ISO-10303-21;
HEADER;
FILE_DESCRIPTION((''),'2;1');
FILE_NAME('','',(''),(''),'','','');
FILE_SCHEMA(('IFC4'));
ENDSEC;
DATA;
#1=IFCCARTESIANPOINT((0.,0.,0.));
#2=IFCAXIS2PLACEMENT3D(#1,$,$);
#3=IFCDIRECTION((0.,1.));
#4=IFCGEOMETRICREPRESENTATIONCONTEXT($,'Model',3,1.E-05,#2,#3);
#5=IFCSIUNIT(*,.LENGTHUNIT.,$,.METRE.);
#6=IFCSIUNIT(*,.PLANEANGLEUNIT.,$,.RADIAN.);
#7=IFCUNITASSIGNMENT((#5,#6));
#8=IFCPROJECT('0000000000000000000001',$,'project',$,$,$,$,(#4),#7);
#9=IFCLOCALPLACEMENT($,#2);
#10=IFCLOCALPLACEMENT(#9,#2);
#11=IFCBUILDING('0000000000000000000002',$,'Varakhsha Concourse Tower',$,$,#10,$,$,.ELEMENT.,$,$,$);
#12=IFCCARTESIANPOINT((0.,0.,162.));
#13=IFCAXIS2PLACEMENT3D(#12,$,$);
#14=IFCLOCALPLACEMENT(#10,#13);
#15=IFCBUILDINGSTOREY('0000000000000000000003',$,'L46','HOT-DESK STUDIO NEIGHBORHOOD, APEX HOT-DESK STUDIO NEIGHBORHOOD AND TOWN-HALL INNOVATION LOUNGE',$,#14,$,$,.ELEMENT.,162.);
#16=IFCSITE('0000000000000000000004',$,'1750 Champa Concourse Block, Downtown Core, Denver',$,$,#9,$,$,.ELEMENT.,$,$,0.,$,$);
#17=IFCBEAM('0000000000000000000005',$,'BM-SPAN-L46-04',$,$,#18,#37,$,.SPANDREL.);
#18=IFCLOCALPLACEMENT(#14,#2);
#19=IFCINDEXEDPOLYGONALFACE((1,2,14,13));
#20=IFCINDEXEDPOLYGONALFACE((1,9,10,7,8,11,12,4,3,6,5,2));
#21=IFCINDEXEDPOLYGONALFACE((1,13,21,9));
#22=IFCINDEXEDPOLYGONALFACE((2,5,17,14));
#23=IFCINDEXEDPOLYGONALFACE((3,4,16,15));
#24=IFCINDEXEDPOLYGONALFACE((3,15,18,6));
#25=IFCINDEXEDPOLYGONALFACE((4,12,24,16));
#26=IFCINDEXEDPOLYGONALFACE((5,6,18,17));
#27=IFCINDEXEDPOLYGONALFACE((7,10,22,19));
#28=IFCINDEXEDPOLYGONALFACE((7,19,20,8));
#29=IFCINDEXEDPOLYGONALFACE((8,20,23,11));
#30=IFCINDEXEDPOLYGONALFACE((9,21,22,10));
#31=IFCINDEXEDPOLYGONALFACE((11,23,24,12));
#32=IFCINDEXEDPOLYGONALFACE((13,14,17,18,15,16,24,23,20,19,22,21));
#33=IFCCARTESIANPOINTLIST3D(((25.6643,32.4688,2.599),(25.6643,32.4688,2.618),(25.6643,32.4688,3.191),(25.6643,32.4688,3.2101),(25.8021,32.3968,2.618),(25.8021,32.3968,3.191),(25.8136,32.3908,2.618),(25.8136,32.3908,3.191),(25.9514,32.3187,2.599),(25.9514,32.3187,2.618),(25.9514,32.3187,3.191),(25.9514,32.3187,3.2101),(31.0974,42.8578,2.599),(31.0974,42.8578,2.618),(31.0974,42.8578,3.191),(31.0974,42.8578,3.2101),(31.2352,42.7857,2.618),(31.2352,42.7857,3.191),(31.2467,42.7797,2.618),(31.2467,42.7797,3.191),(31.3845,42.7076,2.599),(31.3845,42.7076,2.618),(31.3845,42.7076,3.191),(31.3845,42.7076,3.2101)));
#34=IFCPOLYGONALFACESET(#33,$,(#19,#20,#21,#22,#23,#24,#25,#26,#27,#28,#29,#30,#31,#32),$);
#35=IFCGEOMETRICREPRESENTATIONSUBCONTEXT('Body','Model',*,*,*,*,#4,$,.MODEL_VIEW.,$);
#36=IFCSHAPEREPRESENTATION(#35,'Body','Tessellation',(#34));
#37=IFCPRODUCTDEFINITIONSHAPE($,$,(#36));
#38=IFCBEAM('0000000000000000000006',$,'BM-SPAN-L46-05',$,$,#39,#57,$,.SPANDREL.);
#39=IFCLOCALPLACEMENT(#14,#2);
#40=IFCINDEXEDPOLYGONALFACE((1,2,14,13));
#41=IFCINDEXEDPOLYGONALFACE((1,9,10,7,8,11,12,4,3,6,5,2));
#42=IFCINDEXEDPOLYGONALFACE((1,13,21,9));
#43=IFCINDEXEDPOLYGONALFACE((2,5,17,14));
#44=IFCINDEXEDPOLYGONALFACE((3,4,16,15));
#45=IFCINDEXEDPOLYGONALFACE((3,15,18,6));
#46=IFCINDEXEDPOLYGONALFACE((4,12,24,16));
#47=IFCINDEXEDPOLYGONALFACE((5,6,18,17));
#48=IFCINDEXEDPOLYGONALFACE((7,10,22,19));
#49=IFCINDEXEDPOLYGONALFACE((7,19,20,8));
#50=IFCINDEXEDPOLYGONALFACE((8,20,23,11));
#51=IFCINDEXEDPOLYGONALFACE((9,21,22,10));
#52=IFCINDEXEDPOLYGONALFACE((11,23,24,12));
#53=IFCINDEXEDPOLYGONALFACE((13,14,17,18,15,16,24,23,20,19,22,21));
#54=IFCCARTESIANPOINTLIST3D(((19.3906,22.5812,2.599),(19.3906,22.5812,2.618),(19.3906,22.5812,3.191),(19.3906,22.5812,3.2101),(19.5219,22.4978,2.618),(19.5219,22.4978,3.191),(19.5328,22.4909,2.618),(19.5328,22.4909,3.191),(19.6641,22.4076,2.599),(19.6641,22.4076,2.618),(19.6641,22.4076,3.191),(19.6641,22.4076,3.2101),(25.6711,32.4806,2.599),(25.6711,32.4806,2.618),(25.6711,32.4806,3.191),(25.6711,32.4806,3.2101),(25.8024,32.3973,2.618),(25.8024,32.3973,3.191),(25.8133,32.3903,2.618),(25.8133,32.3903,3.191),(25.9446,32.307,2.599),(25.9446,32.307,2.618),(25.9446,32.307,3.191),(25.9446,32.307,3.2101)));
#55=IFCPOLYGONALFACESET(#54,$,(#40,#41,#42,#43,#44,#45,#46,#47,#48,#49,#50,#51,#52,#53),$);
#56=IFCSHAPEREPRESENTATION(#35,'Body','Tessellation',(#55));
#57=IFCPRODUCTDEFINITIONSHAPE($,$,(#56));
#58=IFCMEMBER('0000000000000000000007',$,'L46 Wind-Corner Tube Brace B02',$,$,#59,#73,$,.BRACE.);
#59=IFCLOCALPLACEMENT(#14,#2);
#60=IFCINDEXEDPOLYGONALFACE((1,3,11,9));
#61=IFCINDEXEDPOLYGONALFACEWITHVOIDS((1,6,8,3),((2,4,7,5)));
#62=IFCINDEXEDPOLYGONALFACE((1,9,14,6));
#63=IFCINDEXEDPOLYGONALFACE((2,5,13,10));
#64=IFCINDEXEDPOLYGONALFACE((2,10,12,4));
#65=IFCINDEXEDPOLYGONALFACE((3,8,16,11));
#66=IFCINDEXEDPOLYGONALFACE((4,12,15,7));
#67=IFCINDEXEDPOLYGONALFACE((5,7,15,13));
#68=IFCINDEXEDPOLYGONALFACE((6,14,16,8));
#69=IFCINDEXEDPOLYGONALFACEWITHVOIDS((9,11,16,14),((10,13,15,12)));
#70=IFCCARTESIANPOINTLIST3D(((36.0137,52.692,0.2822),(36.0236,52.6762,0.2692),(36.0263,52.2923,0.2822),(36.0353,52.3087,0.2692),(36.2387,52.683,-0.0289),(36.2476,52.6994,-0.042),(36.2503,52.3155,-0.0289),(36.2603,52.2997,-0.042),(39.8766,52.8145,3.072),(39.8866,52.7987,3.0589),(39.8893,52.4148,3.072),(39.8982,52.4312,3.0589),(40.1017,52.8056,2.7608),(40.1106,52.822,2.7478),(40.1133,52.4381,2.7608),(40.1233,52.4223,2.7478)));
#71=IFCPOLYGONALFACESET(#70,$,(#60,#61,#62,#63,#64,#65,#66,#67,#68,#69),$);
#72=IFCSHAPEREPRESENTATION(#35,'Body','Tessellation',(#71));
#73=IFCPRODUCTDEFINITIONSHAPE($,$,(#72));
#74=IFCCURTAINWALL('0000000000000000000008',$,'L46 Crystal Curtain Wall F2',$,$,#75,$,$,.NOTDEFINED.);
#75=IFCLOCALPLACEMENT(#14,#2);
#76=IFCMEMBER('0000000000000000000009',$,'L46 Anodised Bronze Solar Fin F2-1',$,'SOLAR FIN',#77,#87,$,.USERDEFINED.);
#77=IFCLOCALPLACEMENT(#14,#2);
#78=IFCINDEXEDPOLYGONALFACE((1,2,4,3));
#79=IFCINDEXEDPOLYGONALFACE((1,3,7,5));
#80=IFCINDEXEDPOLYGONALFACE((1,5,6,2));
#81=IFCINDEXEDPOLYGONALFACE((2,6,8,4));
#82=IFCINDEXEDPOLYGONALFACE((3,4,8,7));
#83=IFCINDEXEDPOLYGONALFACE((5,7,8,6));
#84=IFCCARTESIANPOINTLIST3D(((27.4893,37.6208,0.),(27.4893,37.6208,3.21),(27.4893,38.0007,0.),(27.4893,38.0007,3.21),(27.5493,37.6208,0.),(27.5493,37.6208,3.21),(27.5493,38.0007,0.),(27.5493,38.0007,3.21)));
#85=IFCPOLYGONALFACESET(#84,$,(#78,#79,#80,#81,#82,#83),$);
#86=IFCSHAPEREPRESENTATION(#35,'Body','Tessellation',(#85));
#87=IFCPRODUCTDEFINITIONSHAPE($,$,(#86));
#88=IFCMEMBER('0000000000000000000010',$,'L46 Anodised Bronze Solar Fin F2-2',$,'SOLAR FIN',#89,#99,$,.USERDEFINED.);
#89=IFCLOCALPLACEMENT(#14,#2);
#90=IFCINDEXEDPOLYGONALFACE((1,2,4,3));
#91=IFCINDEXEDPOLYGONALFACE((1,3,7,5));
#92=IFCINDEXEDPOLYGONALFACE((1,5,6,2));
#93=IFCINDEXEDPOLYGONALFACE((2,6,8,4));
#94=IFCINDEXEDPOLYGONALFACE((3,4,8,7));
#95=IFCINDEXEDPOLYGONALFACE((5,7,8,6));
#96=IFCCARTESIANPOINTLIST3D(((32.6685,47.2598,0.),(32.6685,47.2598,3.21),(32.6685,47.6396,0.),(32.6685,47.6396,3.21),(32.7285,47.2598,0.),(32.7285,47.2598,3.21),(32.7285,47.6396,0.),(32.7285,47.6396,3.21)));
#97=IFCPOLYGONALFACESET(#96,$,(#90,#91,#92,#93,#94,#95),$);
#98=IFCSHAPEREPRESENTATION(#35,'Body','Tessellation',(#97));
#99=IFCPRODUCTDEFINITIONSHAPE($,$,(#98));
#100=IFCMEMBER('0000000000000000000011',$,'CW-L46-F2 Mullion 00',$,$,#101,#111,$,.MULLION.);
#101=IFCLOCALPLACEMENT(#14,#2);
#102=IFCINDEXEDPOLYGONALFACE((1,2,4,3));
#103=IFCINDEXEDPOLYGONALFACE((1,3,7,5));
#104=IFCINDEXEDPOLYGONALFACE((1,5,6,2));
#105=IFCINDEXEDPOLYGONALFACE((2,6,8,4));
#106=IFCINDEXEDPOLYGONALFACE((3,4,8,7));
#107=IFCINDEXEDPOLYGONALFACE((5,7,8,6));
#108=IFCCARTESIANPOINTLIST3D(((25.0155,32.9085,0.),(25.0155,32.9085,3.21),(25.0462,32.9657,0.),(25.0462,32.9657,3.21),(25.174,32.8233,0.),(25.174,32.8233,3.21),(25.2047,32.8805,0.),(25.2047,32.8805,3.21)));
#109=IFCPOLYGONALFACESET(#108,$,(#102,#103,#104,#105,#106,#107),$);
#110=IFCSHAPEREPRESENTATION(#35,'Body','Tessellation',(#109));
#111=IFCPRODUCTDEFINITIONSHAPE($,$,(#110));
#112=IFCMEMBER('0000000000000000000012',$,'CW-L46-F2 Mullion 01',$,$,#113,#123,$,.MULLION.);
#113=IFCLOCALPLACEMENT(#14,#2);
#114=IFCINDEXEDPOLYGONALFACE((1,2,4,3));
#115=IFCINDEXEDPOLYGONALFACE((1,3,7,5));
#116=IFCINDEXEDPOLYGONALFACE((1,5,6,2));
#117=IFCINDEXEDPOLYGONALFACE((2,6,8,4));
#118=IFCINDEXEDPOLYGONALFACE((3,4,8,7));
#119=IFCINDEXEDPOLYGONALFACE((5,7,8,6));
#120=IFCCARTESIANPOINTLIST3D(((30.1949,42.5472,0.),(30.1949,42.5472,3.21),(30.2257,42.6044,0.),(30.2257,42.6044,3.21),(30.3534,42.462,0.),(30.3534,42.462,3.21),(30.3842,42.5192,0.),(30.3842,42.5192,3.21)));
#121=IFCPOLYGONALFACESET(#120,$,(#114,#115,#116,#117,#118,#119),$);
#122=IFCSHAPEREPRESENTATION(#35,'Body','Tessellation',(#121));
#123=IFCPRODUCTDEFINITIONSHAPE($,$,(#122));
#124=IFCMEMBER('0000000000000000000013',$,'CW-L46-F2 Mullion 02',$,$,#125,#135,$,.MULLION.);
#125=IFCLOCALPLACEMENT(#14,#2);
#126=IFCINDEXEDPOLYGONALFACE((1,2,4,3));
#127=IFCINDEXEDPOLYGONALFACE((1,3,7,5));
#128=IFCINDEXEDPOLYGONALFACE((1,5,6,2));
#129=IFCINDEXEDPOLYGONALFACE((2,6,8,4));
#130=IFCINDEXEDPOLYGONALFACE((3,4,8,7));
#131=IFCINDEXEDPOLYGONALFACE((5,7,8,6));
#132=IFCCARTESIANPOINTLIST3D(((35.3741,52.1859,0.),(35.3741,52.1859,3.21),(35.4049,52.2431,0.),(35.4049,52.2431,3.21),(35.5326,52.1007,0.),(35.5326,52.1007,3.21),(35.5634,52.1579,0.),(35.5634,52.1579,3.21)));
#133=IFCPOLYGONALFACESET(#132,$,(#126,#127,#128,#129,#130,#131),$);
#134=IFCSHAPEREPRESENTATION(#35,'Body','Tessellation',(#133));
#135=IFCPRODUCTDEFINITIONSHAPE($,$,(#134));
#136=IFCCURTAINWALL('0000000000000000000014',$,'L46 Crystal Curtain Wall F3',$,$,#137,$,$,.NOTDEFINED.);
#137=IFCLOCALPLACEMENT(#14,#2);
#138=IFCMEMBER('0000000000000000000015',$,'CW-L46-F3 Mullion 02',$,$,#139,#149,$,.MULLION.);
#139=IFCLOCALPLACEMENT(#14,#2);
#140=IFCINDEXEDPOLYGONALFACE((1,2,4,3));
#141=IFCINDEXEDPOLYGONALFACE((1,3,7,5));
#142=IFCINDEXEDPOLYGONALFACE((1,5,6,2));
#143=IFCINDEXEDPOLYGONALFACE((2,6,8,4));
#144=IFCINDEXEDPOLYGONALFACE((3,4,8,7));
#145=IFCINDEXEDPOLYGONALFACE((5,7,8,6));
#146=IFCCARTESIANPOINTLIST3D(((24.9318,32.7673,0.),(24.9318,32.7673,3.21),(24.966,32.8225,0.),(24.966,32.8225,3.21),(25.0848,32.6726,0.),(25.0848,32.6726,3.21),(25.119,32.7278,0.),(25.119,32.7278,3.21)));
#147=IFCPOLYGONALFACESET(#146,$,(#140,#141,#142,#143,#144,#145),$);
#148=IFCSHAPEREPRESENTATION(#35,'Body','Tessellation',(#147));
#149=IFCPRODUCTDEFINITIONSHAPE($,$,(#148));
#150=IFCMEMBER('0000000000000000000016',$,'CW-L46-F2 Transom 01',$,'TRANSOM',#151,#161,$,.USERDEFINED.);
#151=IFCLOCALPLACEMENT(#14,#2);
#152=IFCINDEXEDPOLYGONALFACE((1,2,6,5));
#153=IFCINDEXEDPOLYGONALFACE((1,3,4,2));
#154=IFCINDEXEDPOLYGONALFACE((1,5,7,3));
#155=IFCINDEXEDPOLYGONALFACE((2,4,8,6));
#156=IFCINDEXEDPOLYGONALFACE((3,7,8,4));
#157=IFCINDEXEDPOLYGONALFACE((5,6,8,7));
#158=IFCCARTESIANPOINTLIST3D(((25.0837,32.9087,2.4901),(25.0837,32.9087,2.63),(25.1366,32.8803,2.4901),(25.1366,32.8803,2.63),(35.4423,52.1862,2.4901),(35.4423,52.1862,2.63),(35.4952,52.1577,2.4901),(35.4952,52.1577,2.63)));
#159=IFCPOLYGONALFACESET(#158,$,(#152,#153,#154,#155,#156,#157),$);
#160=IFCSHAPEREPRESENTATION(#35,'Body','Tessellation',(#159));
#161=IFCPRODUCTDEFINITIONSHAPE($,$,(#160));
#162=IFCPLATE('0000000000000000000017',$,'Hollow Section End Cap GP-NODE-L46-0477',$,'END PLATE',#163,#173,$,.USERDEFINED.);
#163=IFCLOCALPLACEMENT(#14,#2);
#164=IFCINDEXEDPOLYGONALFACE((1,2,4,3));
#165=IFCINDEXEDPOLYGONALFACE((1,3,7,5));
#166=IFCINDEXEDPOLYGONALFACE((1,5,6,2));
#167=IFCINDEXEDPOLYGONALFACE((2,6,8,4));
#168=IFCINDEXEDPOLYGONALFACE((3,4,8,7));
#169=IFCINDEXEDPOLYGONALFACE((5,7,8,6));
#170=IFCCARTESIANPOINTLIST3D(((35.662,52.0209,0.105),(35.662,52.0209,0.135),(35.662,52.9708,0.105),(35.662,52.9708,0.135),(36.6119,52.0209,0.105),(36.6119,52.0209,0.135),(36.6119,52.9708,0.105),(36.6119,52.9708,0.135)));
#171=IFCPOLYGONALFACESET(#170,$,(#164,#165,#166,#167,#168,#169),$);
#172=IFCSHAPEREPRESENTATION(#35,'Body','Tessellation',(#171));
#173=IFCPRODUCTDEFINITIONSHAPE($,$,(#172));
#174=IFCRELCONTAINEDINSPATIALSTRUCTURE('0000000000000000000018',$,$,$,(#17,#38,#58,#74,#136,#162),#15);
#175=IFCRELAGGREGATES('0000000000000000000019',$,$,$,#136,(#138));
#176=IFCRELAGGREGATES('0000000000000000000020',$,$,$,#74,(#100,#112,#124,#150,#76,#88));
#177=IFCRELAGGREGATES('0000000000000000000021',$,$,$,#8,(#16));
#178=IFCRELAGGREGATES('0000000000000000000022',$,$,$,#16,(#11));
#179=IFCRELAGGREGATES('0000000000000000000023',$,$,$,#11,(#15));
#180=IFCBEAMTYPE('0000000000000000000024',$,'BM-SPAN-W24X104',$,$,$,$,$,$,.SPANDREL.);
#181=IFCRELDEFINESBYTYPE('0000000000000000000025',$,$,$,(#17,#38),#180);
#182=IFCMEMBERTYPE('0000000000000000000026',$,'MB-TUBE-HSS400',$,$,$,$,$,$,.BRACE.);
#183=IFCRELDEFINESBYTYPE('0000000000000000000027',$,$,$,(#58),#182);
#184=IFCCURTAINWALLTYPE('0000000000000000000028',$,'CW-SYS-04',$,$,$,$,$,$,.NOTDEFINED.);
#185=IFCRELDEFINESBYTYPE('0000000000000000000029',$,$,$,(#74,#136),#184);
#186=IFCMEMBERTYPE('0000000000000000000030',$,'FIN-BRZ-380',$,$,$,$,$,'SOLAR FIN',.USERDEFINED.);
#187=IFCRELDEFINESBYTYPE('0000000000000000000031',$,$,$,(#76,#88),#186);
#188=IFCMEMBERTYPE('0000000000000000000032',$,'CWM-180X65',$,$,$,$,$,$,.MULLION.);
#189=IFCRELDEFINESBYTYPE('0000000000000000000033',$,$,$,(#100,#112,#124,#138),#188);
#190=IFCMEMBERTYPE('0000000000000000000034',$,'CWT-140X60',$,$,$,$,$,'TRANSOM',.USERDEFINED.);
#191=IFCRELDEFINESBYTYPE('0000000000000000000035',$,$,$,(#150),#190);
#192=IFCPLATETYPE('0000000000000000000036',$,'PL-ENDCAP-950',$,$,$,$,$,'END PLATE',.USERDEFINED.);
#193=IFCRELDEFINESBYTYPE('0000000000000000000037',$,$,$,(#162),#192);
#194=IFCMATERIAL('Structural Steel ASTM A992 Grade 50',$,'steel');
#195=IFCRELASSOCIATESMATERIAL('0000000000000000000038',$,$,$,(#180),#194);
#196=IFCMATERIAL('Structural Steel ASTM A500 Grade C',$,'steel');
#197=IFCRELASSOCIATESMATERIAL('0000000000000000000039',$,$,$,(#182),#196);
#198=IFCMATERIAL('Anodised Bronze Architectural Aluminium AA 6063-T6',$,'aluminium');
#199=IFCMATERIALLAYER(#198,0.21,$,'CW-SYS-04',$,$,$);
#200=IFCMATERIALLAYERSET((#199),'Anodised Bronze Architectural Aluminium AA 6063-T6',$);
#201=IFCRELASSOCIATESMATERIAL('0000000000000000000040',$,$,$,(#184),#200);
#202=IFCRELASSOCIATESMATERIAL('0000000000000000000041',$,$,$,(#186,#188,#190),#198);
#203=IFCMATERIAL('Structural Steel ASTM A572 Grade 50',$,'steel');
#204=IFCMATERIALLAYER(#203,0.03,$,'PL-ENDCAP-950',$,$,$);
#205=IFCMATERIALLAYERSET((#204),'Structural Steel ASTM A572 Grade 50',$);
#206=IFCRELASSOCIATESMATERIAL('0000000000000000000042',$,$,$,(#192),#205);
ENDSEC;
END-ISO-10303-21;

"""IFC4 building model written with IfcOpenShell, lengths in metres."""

from ifc_helpers import new_model, si_unit, direction, frame, origin, origin_2d, place, context, subcontext, project, spatial, rectangle, hollow_rectangle, i_section, extrude, source, transform, mapped, material, layer, layer_set, material_profile, profile_set, type_object, type_shapes, element, aggregate, save


model = new_model("IFC4")

# Units and contexts
model_context = context("Model", 3, precision=1e-05, world=origin(), true_north=direction((0.0, 1.0)))
body_context = subcontext(model_context, "Body", "Model", "MODEL_VIEW")
ifc_project = project(units=[si_unit("LENGTHUNIT", "METRE"), si_unit("PLANEANGLEUNIT", "RADIAN")], contexts=[model_context])

# Site, building, storey
site_placement = place(None, origin())
site = spatial("IfcSite", under=ifc_project, at=site_placement, Name="1750 Champa Concourse Block, Downtown Core, Denver", CompositionType="ELEMENT", RefElevation=0.0)
building_placement = place(site_placement, origin())
building = spatial("IfcBuilding", under=site, at=building_placement, Name="Varakhsha Concourse Tower", CompositionType="ELEMENT")
storey_placement = place(building_placement, frame((0.0, 0.0, 162.0)))
storey = spatial("IfcBuildingStorey", under=building, at=storey_placement, Name="L46", Description="HOT-DESK STUDIO NEIGHBORHOOD, APEX HOT-DESK STUDIO NEIGHBORHOOD AND TOWN-HALL INNOVATION LOUNGE", CompositionType="ELEMENT", Elevation=162.0)

# Shared definitions
ifc_material_1 = material(Name="Structural Steel ASTM A992 Grade 50", Category="steel")
ifc_material_2 = material(Name="Structural Steel ASTM A572 Grade 50", Category="steel")

# Beams
ifc_material_profile_1 = material_profile(ifc_material_1, i_section(OverallWidth=0.324, OverallDepth=0.6111, WebThickness=0.0129, FlangeThickness=0.019, at=origin_2d()), Name="W24X104")
ifc_profile_set_1 = profile_set([ifc_material_profile_1], Name="Structural Steel ASTM A992 Grade 50")
beam_type_1 = type_object("IfcBeamType", Name="BM-SPAN-W24X104", PredefinedType="SPANDREL", material=ifc_profile_set_1)
beam_1_placement = place(storey_placement, frame((31.241, 42.7827, 2.9045), z_axis=(-0.463424, -0.886137, 0.0), x_axis=(0.886137, -0.463424, 0.0)))
element("IfcBeam", 1, at=beam_1_placement, inside=storey, type_object=beam_type_1, Name="BM-SPAN-L46-04", PredefinedType="SPANDREL", context=body_context, shape_type="SweptSolid", body=[
    extrude(i_section(OverallWidth=0.324, OverallDepth=0.6111, WebThickness=0.0129, FlangeThickness=0.019, at=origin_2d()), origin(), (0.0, 0.0, 1.0), 11.7239),
])
beam_2_placement = place(storey_placement, frame((25.8079, 32.3938, 2.9045), z_axis=(-0.535715, -0.844399, 0.0), x_axis=(0.844399, -0.535715, 0.0)))
element("IfcBeam", 2, at=beam_2_placement, inside=storey, type_object=beam_type_1, Name="BM-SPAN-L46-05", PredefinedType="SPANDREL", context=body_context, shape_type="SweptSolid", body=[
    extrude(i_section(OverallWidth=0.324, OverallDepth=0.6111, WebThickness=0.0129, FlangeThickness=0.019, at=origin_2d()), origin(), (0.0, 0.0, 1.0), 11.7236),
])

# Member
ifc_material_3 = material(Name="Structural Steel ASTM A500 Grade C", Category="steel")
ifc_material_profile_2 = material_profile(ifc_material_3, hollow_rectangle(XDim=0.3999, YDim=0.3999, WallThickness=0.0161, at=origin_2d()), Name="HSS 400x400x16")
ifc_profile_set_2 = profile_set([ifc_material_profile_2], Name="Structural Steel ASTM A500 Grade C")
member_type_1 = type_object("IfcMemberType", Name="MB-TUBE-HSS400", PredefinedType="BRACE", material=ifc_profile_set_2)
shared_shape_1 = source(origin(), body_context, "Body", "SweptSolid", [
    extrude(hollow_rectangle(XDim=0.3999, YDim=0.3999, WallThickness=0.0161, at=origin_2d()), origin(), (0.0, 0.0, 1.0), 4.7666),
])
type_shapes(member_type_1, [shared_shape_1])
member_1_placement = place(storey_placement, frame((36.137, 52.4958, 0.1201), z_axis=(0.810429, 0.025712, 0.585273), x_axis=(-0.03171, 0.999497, 0.0)))
element("IfcMember", 3, at=member_1_placement, inside=storey, type_object=member_type_1, Name="L46 Wind-Corner Tube Brace B02", PredefinedType="BRACE", context=body_context, shape_type="MappedRepresentation", body=[
    mapped(shared_shape_1, transform((0.0, 0.0, 0.0), scale=1.0)),
])

# Curtain wall, members
ifc_material_4 = material(Name="Anodised Bronze Architectural Aluminium AA 6063-T6", Category="aluminium")
ifc_layer_1 = layer(ifc_material_4, 0.21, Name="CW-SYS-04")
ifc_layer_set_1 = layer_set([ifc_layer_1], Name="Anodised Bronze Architectural Aluminium AA 6063-T6")
curtain_wall_type = type_object("IfcCurtainWallType", Name="CW-SYS-04", PredefinedType="NOTDEFINED", material=ifc_layer_set_1)
curtain_wall_1_placement = place(storey_placement, origin())
curtain_wall_1 = element("IfcCurtainWall", 4, at=curtain_wall_1_placement, inside=storey, type_object=curtain_wall_type, Name="L46 Crystal Curtain Wall F2", PredefinedType="NOTDEFINED")
ifc_material_profile_3 = material_profile(ifc_material_4, rectangle(XDim=0.0601, YDim=0.3799, at=origin_2d()), Name="FIN-BRZ-380")
ifc_profile_set_3 = profile_set([ifc_material_profile_3], Name="Anodised Bronze Architectural Aluminium AA 6063-T6")
member_type_2 = type_object("IfcMemberType", Name="FIN-BRZ-380", ElementType="SOLAR FIN", PredefinedType="USERDEFINED", material=ifc_profile_set_3)
shared_shape_2 = source(origin(), body_context, "Body", "SweptSolid", [
    extrude(rectangle(XDim=0.0601, YDim=0.3799, at=origin_2d()), origin(), (0.0, 0.0, 1.0), 3.21),
])
type_shapes(member_type_2, [shared_shape_2])
member_2_placement = place(storey_placement, frame((27.5193, 37.8108, 0.0), z_axis=(0.0, 0.0, 1.0), x_axis=(1.0, 0.0, 0.0)))
member_2 = element("IfcMember", 5, at=member_2_placement, type_object=member_type_2, Name="L46 Anodised Bronze Solar Fin F2-1", ObjectType="SOLAR FIN", PredefinedType="USERDEFINED", context=body_context, shape_type="MappedRepresentation", body=[
    mapped(shared_shape_2, transform((0.0, 0.0, 0.0), scale=1.0)),
])
member_3_placement = place(storey_placement, frame((32.6985, 47.4497, 0.0), z_axis=(0.0, 0.0, 1.0), x_axis=(1.0, 0.0, 0.0)))
member_3 = element("IfcMember", 6, at=member_3_placement, type_object=member_type_2, Name="L46 Anodised Bronze Solar Fin F2-2", ObjectType="SOLAR FIN", PredefinedType="USERDEFINED", context=body_context, shape_type="MappedRepresentation", body=[
    mapped(shared_shape_2, transform((0.0, 0.0, 0.0), scale=1.0)),
])
ifc_material_profile_4 = material_profile(ifc_material_4, rectangle(XDim=0.0649, YDim=0.1799, at=origin_2d()), Name="CWM-180X65")
ifc_profile_set_4 = profile_set([ifc_material_profile_4], Name="Anodised Bronze Architectural Aluminium AA 6063-T6")
member_type_3 = type_object("IfcMemberType", Name="CWM-180X65", PredefinedType="MULLION", material=ifc_profile_set_4)
shared_shape_3 = source(origin(), body_context, "Body", "SweptSolid", [
    extrude(rectangle(XDim=0.0649, YDim=0.1799, at=origin_2d()), origin(), (0.0, 0.0, 1.0), 3.21),
])
type_shapes(member_type_3, [shared_shape_3])
member_4_placement = place(storey_placement, frame((25.1101, 32.8945, 0.0), z_axis=(0.0, 0.0, 1.0), x_axis=(0.473337, 0.880882, 0.0)))
member_4 = element("IfcMember", 7, at=member_4_placement, type_object=member_type_3, Name="CW-L46-F2 Mullion 00", PredefinedType="MULLION", context=body_context, shape_type="MappedRepresentation", body=[
    mapped(shared_shape_3, transform((0.0, 0.0, 0.0), scale=1.0)),
])
member_5_placement = place(storey_placement, frame((30.2896, 42.5332, 0.0), z_axis=(0.0, 0.0, 1.0), x_axis=(0.473337, 0.880882, 0.0)))
member_5 = element("IfcMember", 8, at=member_5_placement, type_object=member_type_3, Name="CW-L46-F2 Mullion 01", PredefinedType="MULLION", context=body_context, shape_type="MappedRepresentation", body=[
    mapped(shared_shape_3, transform((0.0, 0.0, 0.0), scale=1.0)),
])
member_6_placement = place(storey_placement, frame((35.4688, 52.1719, 0.0), z_axis=(0.0, 0.0, 1.0), x_axis=(0.473337, 0.880882, 0.0)))
member_6 = element("IfcMember", 9, at=member_6_placement, type_object=member_type_3, Name="CW-L46-F2 Mullion 02", PredefinedType="MULLION", context=body_context, shape_type="MappedRepresentation", body=[
    mapped(shared_shape_3, transform((0.0, 0.0, 0.0), scale=1.0)),
])

# Curtain wall, member
curtain_wall_2_placement = place(storey_placement, origin())
curtain_wall_2 = element("IfcCurtainWall", 10, at=curtain_wall_2_placement, inside=storey, type_object=curtain_wall_type, Name="L46 Crystal Curtain Wall F3", PredefinedType="NOTDEFINED")
member_7_placement = place(storey_placement, frame((25.0254, 32.7476, 0.0), z_axis=(0.0, 0.0, 1.0), x_axis=(0.526199, 0.850361, 0.0)))
member_7 = element("IfcMember", 11, at=member_7_placement, type_object=member_type_3, Name="CW-L46-F3 Mullion 02", PredefinedType="MULLION", context=body_context, shape_type="MappedRepresentation", body=[
    mapped(shared_shape_3, transform((0.0, 0.0, 0.0), scale=1.0)),
])
aggregate(curtain_wall_2, [member_7])

# Member
ifc_material_profile_5 = material_profile(ifc_material_4, rectangle(XDim=0.0601, YDim=0.1399, at=origin_2d()), Name="CWT-140X60")
ifc_profile_set_5 = profile_set([ifc_material_profile_5], Name="Anodised Bronze Architectural Aluminium AA 6063-T6")
member_type_4 = type_object("IfcMemberType", Name="CWT-140X60", ElementType="TRANSOM", PredefinedType="USERDEFINED", material=ifc_profile_set_5)
shared_shape_4 = source(origin(), body_context, "Body", "SweptSolid", [
    extrude(rectangle(XDim=0.0601, YDim=0.1399, at=origin_2d()), origin(), (0.0, 0.0, 1.0), 21.8843),
])
type_shapes(member_type_4, [shared_shape_4])
member_8_placement = place(storey_placement, frame((25.1101, 32.8945, 2.5601), z_axis=(0.473339, 0.88088, 0.0), x_axis=(-0.88088, 0.473339, 0.0)))
member_8 = element("IfcMember", 12, at=member_8_placement, type_object=member_type_4, Name="CW-L46-F2 Transom 01", ObjectType="TRANSOM", PredefinedType="USERDEFINED", context=body_context, shape_type="MappedRepresentation", body=[
    mapped(shared_shape_4, transform((0.0, 0.0, 0.0), scale=1.0)),
])

# Plate
ifc_layer_2 = layer(ifc_material_2, 0.03, Name="PL-ENDCAP-950")
ifc_layer_set_2 = layer_set([ifc_layer_2], Name="Structural Steel ASTM A572 Grade 50")
plate_type_1 = type_object("IfcPlateType", Name="PL-ENDCAP-950", ElementType="END PLATE", PredefinedType="USERDEFINED", material=ifc_layer_set_2)
shared_shape_5 = source(origin(), body_context, "Body", "SweptSolid", [
    extrude(rectangle(XDim=0.95, YDim=0.95, at=origin_2d()), origin(), (0.0, 0.0, 1.0), 0.03),
])
type_shapes(plate_type_1, [shared_shape_5])
plate_1_placement = place(storey_placement, frame((36.137, 52.4958, 0.105), z_axis=(0.0, 0.0, 1.0), x_axis=(1.0, 0.0, 0.0)))
element("IfcPlate", 13, at=plate_1_placement, inside=storey, type_object=plate_type_1, Name="Hollow Section End Cap GP-NODE-L46-0477", ObjectType="END PLATE", PredefinedType="USERDEFINED", context=body_context, shape_type="MappedRepresentation", body=[
    mapped(shared_shape_5, transform((0.0, 0.0, 0.0), scale=1.0)),
])
aggregate(curtain_wall_1, [member_4, member_5, member_6, member_8, member_2, member_3])

save(model, "model.ifc")
